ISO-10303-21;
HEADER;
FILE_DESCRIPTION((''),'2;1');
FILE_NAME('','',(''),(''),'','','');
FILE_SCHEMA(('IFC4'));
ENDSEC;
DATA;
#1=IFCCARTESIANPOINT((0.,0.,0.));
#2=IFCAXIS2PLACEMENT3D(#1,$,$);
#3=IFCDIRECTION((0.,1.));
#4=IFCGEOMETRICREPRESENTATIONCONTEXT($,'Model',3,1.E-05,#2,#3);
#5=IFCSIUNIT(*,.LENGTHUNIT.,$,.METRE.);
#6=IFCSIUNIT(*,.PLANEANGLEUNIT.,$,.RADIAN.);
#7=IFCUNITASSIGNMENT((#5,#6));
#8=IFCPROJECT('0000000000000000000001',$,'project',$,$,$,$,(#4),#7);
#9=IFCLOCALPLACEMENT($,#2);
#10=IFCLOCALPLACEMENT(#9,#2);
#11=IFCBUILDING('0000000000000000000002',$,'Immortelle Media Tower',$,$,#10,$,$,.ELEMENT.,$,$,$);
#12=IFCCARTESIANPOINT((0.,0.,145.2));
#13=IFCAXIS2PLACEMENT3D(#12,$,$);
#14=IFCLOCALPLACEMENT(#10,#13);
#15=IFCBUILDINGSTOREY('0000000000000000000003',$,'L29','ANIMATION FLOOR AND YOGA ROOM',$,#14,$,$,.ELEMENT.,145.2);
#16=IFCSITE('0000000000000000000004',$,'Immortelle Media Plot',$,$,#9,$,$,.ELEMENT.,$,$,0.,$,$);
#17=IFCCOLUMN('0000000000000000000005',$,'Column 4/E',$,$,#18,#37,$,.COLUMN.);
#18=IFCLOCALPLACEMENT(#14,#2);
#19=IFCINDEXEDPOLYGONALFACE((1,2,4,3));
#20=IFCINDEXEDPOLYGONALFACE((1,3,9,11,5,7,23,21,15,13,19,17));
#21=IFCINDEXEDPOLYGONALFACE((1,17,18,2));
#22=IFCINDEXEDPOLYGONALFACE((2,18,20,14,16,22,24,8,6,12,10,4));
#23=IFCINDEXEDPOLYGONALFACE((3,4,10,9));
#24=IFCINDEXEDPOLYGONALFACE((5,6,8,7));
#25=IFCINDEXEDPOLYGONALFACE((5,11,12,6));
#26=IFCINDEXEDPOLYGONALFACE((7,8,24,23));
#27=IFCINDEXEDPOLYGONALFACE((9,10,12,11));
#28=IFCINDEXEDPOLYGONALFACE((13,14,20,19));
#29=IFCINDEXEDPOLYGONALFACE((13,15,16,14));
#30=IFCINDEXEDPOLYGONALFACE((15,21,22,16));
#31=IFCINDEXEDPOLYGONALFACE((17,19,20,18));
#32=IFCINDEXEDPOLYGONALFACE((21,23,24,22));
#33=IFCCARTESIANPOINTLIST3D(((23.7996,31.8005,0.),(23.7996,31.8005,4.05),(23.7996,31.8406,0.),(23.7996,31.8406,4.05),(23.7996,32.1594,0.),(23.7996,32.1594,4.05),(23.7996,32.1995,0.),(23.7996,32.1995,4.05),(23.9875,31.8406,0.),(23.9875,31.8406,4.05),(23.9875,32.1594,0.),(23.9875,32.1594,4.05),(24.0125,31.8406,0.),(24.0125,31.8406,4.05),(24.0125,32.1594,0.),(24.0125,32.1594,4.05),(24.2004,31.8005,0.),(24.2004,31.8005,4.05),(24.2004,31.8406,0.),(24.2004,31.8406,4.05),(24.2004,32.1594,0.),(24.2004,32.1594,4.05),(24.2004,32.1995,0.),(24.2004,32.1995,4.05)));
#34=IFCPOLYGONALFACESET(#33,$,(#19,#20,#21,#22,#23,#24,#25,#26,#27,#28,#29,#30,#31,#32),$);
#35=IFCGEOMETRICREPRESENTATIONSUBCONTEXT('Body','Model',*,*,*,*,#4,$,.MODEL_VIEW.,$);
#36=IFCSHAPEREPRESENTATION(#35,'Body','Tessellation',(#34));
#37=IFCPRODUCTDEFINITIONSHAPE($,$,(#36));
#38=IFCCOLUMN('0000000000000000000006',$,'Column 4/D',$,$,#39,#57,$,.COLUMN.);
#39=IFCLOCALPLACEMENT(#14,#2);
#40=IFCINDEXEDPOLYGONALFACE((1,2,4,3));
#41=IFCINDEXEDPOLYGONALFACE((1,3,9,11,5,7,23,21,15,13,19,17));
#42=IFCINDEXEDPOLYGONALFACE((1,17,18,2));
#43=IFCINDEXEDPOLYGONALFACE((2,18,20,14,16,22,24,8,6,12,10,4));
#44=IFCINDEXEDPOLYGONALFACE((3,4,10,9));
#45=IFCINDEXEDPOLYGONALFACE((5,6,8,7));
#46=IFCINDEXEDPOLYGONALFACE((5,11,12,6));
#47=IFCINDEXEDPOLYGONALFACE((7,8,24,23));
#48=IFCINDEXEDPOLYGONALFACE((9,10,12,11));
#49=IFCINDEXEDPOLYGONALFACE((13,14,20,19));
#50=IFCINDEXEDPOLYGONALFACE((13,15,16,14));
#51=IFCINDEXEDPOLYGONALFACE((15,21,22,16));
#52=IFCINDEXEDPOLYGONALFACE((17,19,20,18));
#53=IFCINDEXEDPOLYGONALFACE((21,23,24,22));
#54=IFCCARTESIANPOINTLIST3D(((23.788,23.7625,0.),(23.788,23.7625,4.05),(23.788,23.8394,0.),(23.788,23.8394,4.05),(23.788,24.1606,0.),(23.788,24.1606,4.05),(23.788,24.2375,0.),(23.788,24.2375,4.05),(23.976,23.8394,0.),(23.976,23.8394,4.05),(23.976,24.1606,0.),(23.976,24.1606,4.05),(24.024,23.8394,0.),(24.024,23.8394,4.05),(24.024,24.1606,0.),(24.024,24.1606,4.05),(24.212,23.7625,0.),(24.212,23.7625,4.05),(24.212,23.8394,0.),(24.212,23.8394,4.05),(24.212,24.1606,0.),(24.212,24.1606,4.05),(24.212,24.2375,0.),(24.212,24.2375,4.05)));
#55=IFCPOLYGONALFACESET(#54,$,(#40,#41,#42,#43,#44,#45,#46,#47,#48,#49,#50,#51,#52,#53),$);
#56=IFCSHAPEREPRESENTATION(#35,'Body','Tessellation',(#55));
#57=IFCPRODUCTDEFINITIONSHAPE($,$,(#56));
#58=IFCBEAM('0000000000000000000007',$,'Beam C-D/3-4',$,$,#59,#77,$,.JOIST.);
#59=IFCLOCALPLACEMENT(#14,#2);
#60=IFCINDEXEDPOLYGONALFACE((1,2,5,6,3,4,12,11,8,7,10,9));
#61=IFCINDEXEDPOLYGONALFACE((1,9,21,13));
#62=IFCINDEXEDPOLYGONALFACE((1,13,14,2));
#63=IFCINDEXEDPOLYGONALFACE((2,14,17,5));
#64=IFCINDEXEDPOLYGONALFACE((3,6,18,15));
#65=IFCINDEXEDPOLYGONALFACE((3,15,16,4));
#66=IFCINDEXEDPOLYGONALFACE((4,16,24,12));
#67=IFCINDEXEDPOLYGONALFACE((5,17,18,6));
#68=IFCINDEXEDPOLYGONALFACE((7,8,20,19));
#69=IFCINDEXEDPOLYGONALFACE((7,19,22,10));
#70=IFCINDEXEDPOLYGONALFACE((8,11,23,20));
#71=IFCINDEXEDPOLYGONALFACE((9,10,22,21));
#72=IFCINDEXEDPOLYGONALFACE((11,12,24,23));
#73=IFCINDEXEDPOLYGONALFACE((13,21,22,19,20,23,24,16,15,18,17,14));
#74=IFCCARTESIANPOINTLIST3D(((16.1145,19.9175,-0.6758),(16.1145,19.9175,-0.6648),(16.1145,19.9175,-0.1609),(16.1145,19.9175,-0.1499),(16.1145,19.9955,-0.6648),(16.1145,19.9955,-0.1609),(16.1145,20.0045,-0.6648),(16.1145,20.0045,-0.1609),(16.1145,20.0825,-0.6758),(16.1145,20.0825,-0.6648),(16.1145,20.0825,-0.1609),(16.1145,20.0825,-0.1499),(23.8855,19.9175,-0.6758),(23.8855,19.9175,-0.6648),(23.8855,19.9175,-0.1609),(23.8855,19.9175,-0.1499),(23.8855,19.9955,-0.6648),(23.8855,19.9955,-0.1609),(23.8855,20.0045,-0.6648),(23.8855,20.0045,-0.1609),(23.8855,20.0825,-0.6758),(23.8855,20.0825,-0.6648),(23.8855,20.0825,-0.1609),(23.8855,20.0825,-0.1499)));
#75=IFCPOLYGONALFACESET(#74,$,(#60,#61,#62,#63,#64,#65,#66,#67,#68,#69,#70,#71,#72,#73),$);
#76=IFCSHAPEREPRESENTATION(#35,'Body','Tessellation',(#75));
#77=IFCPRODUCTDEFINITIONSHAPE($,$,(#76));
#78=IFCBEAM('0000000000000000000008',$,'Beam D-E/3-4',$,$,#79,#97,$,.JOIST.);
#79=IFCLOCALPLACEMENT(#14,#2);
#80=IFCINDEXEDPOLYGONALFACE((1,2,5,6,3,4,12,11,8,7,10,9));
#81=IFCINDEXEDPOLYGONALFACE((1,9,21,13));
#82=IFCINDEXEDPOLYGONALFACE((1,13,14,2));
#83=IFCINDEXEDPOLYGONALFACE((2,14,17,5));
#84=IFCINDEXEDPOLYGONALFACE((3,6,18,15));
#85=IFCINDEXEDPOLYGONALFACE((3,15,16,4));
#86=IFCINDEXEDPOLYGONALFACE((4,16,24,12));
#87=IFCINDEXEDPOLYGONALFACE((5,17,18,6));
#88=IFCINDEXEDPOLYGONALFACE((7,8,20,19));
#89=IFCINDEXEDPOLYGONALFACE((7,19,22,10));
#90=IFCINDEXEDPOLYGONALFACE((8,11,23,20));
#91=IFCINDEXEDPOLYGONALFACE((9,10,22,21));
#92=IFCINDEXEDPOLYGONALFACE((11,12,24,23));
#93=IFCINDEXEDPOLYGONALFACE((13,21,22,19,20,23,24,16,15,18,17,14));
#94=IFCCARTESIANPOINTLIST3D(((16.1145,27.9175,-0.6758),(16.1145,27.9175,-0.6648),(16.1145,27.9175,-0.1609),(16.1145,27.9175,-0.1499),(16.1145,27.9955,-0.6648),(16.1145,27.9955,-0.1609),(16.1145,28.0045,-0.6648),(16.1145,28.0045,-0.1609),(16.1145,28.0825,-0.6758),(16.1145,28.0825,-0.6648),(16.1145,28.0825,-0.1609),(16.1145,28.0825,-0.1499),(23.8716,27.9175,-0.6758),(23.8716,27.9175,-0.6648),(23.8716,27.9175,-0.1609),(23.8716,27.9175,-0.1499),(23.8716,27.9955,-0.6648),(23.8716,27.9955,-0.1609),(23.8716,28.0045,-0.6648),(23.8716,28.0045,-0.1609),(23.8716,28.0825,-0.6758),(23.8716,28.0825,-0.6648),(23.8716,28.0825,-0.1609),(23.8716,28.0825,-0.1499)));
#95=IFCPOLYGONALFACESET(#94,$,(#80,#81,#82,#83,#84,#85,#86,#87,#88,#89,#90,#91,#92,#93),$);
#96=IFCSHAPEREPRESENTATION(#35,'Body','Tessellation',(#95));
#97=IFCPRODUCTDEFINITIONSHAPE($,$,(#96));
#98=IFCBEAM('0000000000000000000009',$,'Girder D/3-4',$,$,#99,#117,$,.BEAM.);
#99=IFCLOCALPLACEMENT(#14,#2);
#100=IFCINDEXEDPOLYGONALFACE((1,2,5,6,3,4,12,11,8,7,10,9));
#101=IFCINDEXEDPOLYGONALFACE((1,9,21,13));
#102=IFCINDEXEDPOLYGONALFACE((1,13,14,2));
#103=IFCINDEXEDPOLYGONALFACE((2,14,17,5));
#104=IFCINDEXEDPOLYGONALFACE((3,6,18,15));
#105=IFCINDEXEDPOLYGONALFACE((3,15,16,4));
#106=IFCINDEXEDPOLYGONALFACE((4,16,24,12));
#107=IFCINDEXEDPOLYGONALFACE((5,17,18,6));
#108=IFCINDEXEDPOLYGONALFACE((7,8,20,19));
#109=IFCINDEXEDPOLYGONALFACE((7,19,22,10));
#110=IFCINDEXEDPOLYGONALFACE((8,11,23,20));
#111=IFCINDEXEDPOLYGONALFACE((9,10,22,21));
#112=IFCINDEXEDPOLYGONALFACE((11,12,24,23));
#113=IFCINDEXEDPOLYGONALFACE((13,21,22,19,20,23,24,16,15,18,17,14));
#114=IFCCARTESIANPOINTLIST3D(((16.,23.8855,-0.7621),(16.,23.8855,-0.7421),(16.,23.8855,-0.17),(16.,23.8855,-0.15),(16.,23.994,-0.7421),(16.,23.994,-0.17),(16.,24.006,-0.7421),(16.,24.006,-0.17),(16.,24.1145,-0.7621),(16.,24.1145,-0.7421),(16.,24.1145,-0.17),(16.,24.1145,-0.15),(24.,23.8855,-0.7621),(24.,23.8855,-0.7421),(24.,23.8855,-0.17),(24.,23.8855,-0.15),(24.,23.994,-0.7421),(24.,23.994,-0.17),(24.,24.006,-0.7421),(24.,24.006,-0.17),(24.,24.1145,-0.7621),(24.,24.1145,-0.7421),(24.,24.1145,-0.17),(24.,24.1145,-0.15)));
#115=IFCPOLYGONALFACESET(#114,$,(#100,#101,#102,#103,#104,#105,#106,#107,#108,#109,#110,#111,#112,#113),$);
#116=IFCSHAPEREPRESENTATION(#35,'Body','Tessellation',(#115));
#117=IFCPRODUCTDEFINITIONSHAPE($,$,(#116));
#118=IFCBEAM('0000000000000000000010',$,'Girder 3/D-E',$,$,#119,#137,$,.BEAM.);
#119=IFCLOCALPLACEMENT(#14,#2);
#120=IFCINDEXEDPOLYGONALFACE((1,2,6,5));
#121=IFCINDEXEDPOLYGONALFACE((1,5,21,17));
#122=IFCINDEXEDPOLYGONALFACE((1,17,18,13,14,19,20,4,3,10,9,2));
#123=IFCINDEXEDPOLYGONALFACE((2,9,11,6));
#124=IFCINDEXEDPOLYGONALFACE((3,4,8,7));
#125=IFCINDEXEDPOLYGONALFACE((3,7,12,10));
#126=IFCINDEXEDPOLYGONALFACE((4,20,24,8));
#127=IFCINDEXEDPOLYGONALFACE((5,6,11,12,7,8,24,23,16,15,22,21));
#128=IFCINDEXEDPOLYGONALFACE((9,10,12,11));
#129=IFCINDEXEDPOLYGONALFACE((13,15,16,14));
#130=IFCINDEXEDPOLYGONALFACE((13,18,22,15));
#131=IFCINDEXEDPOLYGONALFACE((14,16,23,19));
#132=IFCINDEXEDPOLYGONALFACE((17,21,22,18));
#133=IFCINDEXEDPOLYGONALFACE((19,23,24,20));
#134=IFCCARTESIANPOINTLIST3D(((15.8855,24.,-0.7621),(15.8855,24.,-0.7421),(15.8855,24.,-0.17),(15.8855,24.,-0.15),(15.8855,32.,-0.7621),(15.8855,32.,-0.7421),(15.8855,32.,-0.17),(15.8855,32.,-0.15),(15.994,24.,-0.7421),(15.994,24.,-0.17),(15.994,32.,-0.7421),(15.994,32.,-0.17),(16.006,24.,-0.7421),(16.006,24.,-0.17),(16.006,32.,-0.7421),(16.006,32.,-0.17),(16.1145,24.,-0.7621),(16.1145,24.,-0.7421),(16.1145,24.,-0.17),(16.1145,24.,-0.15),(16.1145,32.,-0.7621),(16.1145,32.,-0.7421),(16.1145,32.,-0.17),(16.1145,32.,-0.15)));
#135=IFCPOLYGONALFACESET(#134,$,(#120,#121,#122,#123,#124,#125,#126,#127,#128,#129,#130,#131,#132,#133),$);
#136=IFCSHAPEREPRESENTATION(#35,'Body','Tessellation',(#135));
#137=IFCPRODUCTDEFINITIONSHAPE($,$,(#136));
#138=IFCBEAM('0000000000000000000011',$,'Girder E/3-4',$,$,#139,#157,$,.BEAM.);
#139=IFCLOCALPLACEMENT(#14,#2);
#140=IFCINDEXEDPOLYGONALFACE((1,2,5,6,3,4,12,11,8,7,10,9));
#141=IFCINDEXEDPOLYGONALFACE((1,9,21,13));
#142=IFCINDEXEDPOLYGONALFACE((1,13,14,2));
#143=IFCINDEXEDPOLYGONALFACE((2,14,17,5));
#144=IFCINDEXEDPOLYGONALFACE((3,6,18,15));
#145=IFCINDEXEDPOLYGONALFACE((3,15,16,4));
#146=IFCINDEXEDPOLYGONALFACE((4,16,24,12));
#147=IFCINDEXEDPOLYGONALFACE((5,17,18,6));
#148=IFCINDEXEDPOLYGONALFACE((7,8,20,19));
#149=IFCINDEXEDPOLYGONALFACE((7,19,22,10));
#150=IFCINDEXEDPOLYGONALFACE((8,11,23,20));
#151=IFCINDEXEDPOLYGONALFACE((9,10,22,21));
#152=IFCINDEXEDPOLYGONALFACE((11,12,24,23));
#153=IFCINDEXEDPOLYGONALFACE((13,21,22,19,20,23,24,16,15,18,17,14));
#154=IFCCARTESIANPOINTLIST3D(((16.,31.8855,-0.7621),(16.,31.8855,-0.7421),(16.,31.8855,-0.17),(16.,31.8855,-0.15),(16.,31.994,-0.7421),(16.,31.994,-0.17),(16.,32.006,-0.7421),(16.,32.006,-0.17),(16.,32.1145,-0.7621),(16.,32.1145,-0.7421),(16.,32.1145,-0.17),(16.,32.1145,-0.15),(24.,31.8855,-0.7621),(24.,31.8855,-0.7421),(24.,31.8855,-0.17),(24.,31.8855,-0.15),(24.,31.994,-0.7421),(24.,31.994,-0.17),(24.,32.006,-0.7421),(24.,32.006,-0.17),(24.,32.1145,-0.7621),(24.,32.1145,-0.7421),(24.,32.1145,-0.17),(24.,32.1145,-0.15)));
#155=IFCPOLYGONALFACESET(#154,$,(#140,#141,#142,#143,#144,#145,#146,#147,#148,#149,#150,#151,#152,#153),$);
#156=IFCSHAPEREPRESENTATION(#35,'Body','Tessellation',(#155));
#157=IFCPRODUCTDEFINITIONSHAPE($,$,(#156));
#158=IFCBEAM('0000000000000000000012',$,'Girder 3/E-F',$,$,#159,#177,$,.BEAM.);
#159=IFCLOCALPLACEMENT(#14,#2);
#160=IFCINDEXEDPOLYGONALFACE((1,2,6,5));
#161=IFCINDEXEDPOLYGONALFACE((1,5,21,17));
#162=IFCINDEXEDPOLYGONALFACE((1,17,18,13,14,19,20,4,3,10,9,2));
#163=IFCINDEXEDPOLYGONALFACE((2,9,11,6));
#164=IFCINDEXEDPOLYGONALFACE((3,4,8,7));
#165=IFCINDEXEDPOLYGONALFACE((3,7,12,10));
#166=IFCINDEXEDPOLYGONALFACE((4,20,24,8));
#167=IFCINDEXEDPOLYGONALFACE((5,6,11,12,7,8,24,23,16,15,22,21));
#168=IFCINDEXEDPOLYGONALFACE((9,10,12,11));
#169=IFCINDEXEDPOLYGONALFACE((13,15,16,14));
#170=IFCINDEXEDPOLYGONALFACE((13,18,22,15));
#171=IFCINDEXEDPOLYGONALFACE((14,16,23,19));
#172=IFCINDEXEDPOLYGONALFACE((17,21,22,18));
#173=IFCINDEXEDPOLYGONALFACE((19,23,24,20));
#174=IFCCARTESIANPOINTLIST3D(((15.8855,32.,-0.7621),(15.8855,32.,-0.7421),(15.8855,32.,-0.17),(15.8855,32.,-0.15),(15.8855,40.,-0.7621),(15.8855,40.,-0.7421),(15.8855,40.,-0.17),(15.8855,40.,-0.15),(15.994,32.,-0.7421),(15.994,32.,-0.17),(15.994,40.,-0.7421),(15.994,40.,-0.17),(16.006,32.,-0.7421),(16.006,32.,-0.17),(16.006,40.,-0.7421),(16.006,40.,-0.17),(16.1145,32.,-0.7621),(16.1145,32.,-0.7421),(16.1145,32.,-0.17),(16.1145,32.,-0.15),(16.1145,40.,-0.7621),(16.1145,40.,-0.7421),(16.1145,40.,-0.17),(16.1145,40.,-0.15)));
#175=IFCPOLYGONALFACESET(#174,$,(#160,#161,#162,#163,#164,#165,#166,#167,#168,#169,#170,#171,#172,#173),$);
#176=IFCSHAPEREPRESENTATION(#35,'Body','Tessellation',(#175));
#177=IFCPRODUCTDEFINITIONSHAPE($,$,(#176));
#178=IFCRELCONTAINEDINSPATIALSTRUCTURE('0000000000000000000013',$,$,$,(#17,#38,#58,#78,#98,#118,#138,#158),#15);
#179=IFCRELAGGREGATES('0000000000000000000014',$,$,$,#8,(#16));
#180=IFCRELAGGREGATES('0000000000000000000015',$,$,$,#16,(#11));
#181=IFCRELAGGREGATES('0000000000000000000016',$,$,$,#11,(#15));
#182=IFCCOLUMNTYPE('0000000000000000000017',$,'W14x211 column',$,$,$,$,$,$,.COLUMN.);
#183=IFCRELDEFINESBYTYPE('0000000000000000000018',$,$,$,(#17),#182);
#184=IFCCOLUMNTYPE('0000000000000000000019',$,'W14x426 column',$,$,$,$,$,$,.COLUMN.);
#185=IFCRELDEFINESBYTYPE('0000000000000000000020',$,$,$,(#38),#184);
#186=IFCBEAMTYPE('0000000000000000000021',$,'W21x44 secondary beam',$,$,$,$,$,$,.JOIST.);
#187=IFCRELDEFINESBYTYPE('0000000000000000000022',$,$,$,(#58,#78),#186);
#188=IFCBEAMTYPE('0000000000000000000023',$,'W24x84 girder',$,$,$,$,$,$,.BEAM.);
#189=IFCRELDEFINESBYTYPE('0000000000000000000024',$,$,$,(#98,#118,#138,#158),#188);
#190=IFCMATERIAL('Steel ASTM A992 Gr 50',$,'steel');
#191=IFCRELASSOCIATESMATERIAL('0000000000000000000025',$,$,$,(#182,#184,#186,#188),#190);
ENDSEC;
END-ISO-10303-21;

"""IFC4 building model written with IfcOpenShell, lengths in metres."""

from ifc_helpers import new_model, si_unit, direction, frame, origin, origin_2d, place, context, subcontext, project, spatial, i_section, extrude, material, material_profile, profile_set, type_object, element, save


model = new_model("IFC4")

# Units and contexts
model_context = context("Model", 3, precision=1e-05, world=origin(), true_north=direction((0.0, 1.0)))
body_context = subcontext(model_context, "Body", "Model", "MODEL_VIEW")
ifc_project = project(units=[si_unit("LENGTHUNIT", "METRE"), si_unit("PLANEANGLEUNIT", "RADIAN")], contexts=[model_context])

# Site, building, storey
site_placement = place(None, origin())
site = spatial("IfcSite", under=ifc_project, at=site_placement, Name="Immortelle Media Plot", CompositionType="ELEMENT", RefElevation=0.0)
building_placement = place(site_placement, origin())
building = spatial("IfcBuilding", under=site, at=building_placement, Name="Immortelle Media Tower", CompositionType="ELEMENT")
storey_placement = place(building_placement, frame((0.0, 0.0, 145.2)))
storey = spatial("IfcBuildingStorey", under=building, at=storey_placement, Name="L29", Description="ANIMATION FLOOR AND YOGA ROOM", CompositionType="ELEMENT", Elevation=145.2)

# Columns
ifc_material_1 = material(Name="Steel ASTM A992 Gr 50", Category="steel")
ifc_material_profile_1 = material_profile(ifc_material_1, i_section(OverallWidth=0.4009, OverallDepth=0.3989, WebThickness=0.0249, FlangeThickness=0.04, at=origin_2d()), Name="W14x211")
ifc_profile_set_1 = profile_set([ifc_material_profile_1], Name="Steel ASTM A992 Gr 50")
column_type_1 = type_object("IfcColumnType", Name="W14x211 column", PredefinedType="COLUMN", material=ifc_profile_set_1)
column_1_placement = place(storey_placement, frame((24.0, 32.0, 0.0), z_axis=(0.0, 0.0, 1.0), x_axis=(1.0, 0.0, 0.0)))
element("IfcColumn", 1, at=column_1_placement, inside=storey, type_object=column_type_1, Name="Column 4/E", PredefinedType="COLUMN", context=body_context, shape_type="SweptSolid", body=[
    extrude(i_section(OverallWidth=0.4009, OverallDepth=0.3989, WebThickness=0.0249, FlangeThickness=0.04, at=origin_2d()), origin(), (0.0, 0.0, 1.0), 4.05),
])
ifc_material_profile_2 = material_profile(ifc_material_1, i_section(OverallWidth=0.4241, OverallDepth=0.4751, WebThickness=0.0481, FlangeThickness=0.0769, at=origin_2d()), Name="W14x426")
ifc_profile_set_2 = profile_set([ifc_material_profile_2], Name="Steel ASTM A992 Gr 50")
column_type_2 = type_object("IfcColumnType", Name="W14x426 column", PredefinedType="COLUMN", material=ifc_profile_set_2)
column_2_placement = place(storey_placement, frame((24.0, 24.0, 0.0), z_axis=(0.0, 0.0, 1.0), x_axis=(1.0, 0.0, 0.0)))
element("IfcColumn", 2, at=column_2_placement, inside=storey, type_object=column_type_2, Name="Column 4/D", PredefinedType="COLUMN", context=body_context, shape_type="SweptSolid", body=[
    extrude(i_section(OverallWidth=0.4241, OverallDepth=0.4751, WebThickness=0.0481, FlangeThickness=0.0769, at=origin_2d()), origin(), (0.0, 0.0, 1.0), 4.05),
])

# Beams
ifc_material_profile_3 = material_profile(ifc_material_1, i_section(OverallWidth=0.165, OverallDepth=0.5259, WebThickness=0.009, FlangeThickness=0.011, at=origin_2d()), Name="W21x44")
ifc_profile_set_3 = profile_set([ifc_material_profile_3], Name="Steel ASTM A992 Gr 50")
beam_type_1 = type_object("IfcBeamType", Name="W21x44 secondary beam", PredefinedType="JOIST", material=ifc_profile_set_3)
beam_1_placement = place(storey_placement, frame((16.1145, 20.0, -0.4128), z_axis=(1.0, 0.0, 0.0), x_axis=(0.0, 1.0, 0.0)))
element("IfcBeam", 3, at=beam_1_placement, inside=storey, type_object=beam_type_1, Name="Beam C-D/3-4", PredefinedType="JOIST", context=body_context, shape_type="SweptSolid", body=[
    extrude(i_section(OverallWidth=0.165, OverallDepth=0.5259, WebThickness=0.009, FlangeThickness=0.011, at=origin_2d()), origin(), (0.0, 0.0, 1.0), 7.771),
])
beam_2_placement = place(storey_placement, frame((16.1145, 28.0, -0.4128), z_axis=(1.0, 0.0, 0.0), x_axis=(0.0, 1.0, 0.0)))
element("IfcBeam", 4, at=beam_2_placement, inside=storey, type_object=beam_type_1, Name="Beam D-E/3-4", PredefinedType="JOIST", context=body_context, shape_type="SweptSolid", body=[
    extrude(i_section(OverallWidth=0.165, OverallDepth=0.5259, WebThickness=0.009, FlangeThickness=0.011, at=origin_2d()), origin(), (0.0, 0.0, 1.0), 7.7571),
])
ifc_material_profile_4 = material_profile(ifc_material_1, i_section(OverallWidth=0.229, OverallDepth=0.6121, WebThickness=0.012, FlangeThickness=0.02, at=origin_2d()), Name="W24x84")
ifc_profile_set_4 = profile_set([ifc_material_profile_4], Name="Steel ASTM A992 Gr 50")
beam_type_2 = type_object("IfcBeamType", Name="W24x84 girder", PredefinedType="BEAM", material=ifc_profile_set_4)
for number, where, z_axis, x_axis, name in (
    (5, (16.0, 24.0, -0.4561), (1.0, 0.0, 0.0), (0.0, 1.0, 0.0), "Girder D/3-4"),
    (6, (16.0, 24.0, -0.4561), (0.0, 1.0, 0.0), (-1.0, 0.0, 0.0), "Girder 3/D-E"),
    (7, (16.0, 32.0, -0.4561), (1.0, 0.0, 0.0), (0.0, 1.0, 0.0), "Girder E/3-4"),
    (8, (16.0, 32.0, -0.4561), (0.0, 1.0, 0.0), (-1.0, 0.0, 0.0), "Girder 3/E-F"),
):
    element("IfcBeam", number, at=place(storey_placement, frame(where, z_axis=z_axis, x_axis=x_axis)), inside=storey, type_object=beam_type_2, Name=name, PredefinedType="BEAM", context=body_context, shape_type="SweptSolid", body=[
        extrude(i_section(OverallWidth=0.229, OverallDepth=0.6121, WebThickness=0.012, FlangeThickness=0.02, at=origin_2d()), origin(), (0.0, 0.0, 1.0), 8.0),
    ])

save(model, "model.ifc")
